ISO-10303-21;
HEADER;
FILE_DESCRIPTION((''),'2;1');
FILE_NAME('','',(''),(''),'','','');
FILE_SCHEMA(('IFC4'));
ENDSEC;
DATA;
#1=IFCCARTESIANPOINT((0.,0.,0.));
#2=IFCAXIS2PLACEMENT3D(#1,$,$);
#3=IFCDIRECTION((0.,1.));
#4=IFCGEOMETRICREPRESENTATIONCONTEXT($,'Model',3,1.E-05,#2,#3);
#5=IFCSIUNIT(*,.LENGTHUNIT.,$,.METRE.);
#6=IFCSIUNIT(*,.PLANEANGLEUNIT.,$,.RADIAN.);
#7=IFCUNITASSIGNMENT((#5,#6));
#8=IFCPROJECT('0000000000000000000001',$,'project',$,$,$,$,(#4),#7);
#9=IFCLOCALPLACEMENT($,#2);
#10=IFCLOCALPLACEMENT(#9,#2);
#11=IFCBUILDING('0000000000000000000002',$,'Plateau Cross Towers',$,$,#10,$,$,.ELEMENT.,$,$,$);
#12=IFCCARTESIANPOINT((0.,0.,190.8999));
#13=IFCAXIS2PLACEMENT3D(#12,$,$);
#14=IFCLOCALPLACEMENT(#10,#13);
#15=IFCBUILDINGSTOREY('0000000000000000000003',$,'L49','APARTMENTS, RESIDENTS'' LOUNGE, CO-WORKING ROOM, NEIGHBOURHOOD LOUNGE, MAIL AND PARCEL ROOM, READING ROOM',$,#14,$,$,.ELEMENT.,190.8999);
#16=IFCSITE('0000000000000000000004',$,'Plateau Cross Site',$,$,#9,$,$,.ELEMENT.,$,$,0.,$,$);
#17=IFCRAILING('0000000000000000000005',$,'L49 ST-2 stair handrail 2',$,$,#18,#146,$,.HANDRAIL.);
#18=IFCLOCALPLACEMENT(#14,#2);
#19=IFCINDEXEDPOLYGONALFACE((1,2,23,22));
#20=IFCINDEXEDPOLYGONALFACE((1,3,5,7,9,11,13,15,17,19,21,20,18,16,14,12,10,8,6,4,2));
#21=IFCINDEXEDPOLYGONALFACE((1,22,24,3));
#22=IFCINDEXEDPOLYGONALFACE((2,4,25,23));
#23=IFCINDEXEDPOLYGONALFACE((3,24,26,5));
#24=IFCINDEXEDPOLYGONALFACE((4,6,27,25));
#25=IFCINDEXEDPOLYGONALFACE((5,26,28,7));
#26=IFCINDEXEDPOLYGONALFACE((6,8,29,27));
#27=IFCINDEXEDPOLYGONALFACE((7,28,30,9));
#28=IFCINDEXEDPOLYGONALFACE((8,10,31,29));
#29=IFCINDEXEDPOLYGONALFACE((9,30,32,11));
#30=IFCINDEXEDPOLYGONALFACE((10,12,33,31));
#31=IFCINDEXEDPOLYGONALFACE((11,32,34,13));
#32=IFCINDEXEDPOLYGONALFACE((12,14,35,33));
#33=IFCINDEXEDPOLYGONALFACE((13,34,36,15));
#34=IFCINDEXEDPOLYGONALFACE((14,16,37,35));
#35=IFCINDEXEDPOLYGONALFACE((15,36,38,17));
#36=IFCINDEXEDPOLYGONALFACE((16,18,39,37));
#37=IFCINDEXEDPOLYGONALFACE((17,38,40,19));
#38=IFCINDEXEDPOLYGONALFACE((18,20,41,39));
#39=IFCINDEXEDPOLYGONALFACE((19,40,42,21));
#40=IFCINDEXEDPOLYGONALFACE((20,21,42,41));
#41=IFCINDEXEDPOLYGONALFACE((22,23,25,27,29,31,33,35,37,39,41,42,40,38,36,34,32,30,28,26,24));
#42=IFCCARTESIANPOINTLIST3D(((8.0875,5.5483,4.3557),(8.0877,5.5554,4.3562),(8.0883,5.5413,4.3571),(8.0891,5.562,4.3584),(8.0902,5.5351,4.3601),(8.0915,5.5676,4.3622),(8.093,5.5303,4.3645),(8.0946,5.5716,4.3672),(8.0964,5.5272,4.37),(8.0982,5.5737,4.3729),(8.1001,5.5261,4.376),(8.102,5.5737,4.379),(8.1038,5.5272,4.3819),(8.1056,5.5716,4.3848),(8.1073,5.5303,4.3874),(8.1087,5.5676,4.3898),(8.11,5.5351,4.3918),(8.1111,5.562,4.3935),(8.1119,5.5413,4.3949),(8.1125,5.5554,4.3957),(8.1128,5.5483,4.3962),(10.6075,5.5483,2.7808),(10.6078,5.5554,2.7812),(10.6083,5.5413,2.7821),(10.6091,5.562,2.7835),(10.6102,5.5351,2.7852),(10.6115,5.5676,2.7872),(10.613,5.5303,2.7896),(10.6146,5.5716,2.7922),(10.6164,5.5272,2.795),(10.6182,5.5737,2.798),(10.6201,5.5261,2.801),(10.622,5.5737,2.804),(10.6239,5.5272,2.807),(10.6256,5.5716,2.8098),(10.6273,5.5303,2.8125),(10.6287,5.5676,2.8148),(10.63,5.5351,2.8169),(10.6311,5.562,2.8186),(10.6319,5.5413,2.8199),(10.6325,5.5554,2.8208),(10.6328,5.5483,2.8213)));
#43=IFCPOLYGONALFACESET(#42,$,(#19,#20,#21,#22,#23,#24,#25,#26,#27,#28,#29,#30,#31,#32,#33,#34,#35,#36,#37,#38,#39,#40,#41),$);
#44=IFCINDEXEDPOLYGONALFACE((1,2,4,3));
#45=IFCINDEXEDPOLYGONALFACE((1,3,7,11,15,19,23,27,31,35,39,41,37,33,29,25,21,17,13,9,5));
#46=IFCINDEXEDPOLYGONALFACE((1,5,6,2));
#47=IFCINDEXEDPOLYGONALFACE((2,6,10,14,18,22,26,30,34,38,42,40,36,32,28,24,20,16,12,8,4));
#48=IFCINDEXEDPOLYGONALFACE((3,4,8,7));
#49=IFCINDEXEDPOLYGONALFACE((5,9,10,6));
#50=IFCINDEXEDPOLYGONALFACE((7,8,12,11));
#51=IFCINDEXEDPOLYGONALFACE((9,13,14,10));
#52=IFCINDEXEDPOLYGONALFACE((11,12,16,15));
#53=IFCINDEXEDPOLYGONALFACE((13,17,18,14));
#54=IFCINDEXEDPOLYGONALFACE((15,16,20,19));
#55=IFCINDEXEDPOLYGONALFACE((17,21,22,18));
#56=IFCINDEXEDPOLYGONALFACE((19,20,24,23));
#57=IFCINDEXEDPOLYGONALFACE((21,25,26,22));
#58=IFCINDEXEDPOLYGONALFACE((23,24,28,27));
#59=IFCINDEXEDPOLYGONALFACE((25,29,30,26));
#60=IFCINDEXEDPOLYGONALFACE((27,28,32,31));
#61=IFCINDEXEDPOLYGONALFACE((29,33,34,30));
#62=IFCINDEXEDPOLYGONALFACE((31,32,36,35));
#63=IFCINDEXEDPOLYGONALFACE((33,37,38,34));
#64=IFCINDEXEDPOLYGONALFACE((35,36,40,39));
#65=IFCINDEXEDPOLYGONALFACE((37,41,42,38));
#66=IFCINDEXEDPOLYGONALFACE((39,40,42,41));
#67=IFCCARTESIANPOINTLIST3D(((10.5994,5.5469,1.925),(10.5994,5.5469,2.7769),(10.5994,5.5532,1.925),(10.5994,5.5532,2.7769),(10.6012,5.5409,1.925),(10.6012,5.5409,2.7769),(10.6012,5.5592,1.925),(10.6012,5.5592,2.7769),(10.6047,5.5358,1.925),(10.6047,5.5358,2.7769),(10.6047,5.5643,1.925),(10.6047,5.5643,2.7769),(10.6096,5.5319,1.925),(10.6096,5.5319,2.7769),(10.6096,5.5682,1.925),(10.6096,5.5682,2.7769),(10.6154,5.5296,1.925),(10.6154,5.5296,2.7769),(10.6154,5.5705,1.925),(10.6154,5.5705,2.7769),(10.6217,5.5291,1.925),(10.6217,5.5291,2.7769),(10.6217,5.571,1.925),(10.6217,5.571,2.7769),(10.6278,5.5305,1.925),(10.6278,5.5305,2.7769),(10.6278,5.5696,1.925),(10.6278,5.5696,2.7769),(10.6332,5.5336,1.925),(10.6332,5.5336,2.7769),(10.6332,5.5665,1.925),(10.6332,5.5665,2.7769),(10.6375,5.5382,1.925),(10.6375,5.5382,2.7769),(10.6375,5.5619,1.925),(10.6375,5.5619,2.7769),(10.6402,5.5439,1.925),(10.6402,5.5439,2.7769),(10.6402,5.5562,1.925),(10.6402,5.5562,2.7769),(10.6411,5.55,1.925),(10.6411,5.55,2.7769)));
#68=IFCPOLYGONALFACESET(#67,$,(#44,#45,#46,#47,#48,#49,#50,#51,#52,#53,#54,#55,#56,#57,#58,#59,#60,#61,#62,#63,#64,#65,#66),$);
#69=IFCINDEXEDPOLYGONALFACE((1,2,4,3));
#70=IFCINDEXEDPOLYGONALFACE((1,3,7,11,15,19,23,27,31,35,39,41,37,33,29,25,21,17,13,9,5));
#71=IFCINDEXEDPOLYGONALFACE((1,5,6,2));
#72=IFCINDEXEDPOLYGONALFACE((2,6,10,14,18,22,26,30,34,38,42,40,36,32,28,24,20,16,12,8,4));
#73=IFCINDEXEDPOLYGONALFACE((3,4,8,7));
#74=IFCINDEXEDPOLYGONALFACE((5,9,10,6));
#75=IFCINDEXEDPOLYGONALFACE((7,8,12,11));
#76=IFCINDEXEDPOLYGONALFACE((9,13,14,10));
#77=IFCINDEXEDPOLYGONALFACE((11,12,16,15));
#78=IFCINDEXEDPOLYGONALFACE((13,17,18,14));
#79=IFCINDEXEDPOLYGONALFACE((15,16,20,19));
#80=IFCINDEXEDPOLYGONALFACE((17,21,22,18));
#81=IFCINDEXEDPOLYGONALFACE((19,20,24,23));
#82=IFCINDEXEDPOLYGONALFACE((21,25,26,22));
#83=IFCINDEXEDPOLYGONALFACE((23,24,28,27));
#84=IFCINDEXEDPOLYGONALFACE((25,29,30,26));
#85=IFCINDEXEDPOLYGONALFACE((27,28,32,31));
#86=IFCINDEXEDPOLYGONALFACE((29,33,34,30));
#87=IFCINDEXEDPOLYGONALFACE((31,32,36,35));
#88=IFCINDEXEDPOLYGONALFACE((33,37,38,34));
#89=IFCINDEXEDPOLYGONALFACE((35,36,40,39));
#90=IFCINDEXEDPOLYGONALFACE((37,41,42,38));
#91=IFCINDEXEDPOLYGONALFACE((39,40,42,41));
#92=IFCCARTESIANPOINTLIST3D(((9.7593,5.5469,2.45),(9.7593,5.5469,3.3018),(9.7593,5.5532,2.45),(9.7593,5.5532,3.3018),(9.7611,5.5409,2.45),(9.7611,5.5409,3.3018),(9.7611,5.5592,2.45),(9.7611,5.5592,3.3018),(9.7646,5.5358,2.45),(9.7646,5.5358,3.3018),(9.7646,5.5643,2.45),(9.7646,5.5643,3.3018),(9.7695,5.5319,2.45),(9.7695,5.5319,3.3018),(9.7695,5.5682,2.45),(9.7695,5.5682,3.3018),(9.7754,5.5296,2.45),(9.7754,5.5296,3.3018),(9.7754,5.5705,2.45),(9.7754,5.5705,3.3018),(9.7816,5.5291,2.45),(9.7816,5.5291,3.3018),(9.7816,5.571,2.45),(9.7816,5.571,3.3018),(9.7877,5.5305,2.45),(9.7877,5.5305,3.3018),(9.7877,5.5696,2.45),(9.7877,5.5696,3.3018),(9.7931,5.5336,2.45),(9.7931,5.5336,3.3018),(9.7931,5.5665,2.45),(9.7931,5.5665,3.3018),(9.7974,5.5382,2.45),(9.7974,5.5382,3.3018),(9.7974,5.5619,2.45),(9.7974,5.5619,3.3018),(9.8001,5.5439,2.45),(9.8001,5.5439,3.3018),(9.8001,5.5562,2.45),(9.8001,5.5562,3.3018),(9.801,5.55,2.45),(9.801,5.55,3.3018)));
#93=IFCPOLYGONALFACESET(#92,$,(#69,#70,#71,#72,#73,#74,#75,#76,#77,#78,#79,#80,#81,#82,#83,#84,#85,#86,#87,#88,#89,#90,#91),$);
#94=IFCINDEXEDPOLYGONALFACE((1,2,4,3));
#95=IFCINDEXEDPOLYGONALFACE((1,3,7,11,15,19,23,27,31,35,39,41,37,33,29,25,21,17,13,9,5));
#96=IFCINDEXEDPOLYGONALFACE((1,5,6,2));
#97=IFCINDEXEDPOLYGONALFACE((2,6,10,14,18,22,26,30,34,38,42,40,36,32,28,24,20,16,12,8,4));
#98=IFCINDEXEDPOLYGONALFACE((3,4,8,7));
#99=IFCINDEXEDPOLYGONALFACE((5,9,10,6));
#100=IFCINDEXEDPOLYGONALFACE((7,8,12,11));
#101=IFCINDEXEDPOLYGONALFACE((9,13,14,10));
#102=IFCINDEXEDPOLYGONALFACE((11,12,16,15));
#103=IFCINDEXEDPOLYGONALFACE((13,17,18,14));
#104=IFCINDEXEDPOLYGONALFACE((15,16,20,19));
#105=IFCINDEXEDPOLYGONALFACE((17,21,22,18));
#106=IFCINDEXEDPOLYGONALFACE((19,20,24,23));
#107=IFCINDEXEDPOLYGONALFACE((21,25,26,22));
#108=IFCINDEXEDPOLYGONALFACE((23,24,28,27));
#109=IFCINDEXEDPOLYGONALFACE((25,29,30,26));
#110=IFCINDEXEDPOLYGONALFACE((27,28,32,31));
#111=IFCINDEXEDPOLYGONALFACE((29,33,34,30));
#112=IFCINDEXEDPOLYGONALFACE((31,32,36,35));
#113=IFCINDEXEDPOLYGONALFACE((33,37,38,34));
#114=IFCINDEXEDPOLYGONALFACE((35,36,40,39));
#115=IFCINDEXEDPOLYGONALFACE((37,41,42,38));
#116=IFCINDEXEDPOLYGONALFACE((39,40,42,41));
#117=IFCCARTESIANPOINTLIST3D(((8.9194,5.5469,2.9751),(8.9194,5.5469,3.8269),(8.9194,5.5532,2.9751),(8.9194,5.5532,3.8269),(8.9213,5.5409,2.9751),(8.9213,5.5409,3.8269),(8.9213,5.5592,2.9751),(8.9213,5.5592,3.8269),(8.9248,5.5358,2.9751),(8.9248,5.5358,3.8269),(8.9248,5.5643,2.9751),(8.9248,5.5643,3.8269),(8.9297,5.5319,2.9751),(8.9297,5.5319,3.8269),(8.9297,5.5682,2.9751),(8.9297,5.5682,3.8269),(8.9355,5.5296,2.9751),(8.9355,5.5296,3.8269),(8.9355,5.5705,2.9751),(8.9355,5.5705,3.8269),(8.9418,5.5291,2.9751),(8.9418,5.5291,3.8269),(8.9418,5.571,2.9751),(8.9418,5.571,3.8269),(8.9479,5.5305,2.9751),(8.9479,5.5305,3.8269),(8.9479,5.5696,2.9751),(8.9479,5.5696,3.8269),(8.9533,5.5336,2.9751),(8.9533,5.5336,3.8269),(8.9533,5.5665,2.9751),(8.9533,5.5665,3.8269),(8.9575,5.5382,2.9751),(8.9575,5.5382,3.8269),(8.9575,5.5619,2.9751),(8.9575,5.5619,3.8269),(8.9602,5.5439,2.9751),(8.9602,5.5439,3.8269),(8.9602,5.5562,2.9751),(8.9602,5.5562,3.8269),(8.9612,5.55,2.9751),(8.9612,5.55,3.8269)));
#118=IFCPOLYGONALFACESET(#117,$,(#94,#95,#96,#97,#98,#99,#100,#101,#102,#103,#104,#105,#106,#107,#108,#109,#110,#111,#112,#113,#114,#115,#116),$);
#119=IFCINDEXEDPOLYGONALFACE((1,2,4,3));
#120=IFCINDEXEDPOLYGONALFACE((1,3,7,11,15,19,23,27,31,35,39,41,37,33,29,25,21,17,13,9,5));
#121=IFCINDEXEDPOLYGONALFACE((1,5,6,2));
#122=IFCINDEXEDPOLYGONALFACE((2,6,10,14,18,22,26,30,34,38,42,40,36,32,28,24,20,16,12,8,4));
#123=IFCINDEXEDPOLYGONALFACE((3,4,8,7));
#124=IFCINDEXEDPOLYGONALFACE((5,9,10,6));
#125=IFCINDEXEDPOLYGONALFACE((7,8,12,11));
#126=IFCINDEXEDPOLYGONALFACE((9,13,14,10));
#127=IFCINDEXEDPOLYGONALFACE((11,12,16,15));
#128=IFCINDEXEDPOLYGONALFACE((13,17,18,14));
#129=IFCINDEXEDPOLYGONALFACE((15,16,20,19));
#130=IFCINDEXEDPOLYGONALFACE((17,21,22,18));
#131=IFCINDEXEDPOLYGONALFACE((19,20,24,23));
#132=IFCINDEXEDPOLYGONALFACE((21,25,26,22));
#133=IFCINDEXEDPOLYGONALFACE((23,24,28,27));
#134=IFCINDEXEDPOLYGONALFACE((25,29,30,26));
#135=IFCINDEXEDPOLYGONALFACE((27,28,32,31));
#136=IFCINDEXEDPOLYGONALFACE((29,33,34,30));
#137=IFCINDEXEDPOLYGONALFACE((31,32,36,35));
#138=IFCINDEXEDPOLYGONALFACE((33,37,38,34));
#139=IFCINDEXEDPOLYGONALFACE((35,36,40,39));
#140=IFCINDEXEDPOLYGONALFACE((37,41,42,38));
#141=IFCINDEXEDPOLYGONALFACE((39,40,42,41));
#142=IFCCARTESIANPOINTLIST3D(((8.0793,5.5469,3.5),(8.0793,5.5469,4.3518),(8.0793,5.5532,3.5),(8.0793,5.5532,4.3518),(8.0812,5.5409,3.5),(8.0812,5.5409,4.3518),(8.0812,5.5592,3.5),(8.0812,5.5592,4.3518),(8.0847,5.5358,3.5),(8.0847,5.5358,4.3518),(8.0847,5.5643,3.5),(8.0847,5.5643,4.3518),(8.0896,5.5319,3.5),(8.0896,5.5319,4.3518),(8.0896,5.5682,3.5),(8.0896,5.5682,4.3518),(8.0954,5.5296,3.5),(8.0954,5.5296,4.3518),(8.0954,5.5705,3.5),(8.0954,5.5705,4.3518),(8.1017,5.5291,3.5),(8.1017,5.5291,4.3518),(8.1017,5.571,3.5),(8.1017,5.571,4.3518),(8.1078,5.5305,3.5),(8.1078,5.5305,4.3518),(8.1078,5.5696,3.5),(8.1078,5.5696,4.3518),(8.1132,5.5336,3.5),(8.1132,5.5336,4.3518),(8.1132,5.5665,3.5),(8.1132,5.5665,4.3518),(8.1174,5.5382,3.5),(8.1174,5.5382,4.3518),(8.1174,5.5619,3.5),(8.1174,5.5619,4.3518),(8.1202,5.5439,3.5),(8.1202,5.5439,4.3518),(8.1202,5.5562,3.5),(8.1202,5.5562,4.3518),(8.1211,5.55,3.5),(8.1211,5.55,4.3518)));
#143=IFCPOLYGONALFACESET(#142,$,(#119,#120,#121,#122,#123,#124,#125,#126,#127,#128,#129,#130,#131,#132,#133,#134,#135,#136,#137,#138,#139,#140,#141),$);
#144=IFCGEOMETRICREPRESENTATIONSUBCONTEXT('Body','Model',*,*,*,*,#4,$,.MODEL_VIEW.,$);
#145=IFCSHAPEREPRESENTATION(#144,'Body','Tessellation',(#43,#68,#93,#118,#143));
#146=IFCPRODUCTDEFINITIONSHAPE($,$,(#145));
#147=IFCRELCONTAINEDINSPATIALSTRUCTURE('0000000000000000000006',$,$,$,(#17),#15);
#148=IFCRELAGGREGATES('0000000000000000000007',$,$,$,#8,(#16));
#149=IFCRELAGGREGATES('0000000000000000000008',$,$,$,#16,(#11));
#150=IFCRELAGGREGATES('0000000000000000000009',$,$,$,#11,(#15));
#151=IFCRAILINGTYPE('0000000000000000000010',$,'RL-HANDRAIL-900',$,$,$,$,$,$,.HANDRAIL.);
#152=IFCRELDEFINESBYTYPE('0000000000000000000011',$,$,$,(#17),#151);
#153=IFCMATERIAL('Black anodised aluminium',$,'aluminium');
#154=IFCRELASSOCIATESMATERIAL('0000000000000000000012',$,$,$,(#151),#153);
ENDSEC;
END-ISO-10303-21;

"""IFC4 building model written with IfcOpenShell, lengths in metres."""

from ifc_helpers import new_model, si_unit, direction, frame, origin, origin_2d, place, context, subcontext, project, spatial, circle, extrude, material, type_object, element, save


model = new_model("IFC4")

# Units and contexts
model_context = context("Model", 3, precision=1e-05, world=origin(), true_north=direction((0.0, 1.0)))
body_context = subcontext(model_context, "Body", "Model", "MODEL_VIEW")
ifc_project = project(units=[si_unit("LENGTHUNIT", "METRE"), si_unit("PLANEANGLEUNIT", "RADIAN")], contexts=[model_context])

# Site, building, storey
site_placement = place(None, origin())
site = spatial("IfcSite", under=ifc_project, at=site_placement, Name="Plateau Cross Site", CompositionType="ELEMENT", RefElevation=0.0)
building_placement = place(site_placement, origin())
building = spatial("IfcBuilding", under=site, at=building_placement, Name="Plateau Cross Towers", CompositionType="ELEMENT")
storey_placement = place(building_placement, frame((0.0, 0.0, 190.8999)))
storey = spatial("IfcBuildingStorey", under=building, at=storey_placement, Name="L49", Description="APARTMENTS, RESIDENTS' LOUNGE, CO-WORKING ROOM, NEIGHBOURHOOD LOUNGE, MAIL AND PARCEL ROOM, READING ROOM", CompositionType="ELEMENT", Elevation=190.8999)

# Shared definitions
ifc_material_1 = material(Name="Black anodised aluminium", Category="aluminium")

# Railing
railing_type_1 = type_object("IfcRailingType", Name="RL-HANDRAIL-900", PredefinedType="HANDRAIL", material=ifc_material_1)
railing_1_placement = place(storey_placement, frame((10.6201, 5.55, 1.925)))
element("IfcRailing", 1, at=railing_1_placement, inside=storey, type_object=railing_type_1, Name="L49 ST-2 stair handrail 2", PredefinedType="HANDRAIL", context=body_context, shape_type="SweptSolid", body=[
    extrude(circle(Radius=0.0239, at=origin_2d()), frame((0.0, 0.0, 0.876), z_axis=(-0.848008, 0.0, 0.529984), x_axis=(0.0, -1.0, 0.0)), (0.0, 0.0, 1.0), 2.9717),
    extrude(circle(Radius=0.021, at=origin_2d()), origin(), (0.0, 0.0, 1.0), 0.8518),
    extrude(circle(Radius=0.021, at=origin_2d()), frame((-0.8401, 0.0, 0.5249)), (0.0, 0.0, 1.0), 0.8518),
    extrude(circle(Radius=0.021, at=origin_2d()), frame((-1.6799, 0.0, 1.05)), (0.0, 0.0, 1.0), 0.8518),
    extrude(circle(Radius=0.021, at=origin_2d()), frame((-2.52, 0.0, 1.575)), (0.0, 0.0, 1.0), 0.8518),
])

save(model, "model.ifc")
